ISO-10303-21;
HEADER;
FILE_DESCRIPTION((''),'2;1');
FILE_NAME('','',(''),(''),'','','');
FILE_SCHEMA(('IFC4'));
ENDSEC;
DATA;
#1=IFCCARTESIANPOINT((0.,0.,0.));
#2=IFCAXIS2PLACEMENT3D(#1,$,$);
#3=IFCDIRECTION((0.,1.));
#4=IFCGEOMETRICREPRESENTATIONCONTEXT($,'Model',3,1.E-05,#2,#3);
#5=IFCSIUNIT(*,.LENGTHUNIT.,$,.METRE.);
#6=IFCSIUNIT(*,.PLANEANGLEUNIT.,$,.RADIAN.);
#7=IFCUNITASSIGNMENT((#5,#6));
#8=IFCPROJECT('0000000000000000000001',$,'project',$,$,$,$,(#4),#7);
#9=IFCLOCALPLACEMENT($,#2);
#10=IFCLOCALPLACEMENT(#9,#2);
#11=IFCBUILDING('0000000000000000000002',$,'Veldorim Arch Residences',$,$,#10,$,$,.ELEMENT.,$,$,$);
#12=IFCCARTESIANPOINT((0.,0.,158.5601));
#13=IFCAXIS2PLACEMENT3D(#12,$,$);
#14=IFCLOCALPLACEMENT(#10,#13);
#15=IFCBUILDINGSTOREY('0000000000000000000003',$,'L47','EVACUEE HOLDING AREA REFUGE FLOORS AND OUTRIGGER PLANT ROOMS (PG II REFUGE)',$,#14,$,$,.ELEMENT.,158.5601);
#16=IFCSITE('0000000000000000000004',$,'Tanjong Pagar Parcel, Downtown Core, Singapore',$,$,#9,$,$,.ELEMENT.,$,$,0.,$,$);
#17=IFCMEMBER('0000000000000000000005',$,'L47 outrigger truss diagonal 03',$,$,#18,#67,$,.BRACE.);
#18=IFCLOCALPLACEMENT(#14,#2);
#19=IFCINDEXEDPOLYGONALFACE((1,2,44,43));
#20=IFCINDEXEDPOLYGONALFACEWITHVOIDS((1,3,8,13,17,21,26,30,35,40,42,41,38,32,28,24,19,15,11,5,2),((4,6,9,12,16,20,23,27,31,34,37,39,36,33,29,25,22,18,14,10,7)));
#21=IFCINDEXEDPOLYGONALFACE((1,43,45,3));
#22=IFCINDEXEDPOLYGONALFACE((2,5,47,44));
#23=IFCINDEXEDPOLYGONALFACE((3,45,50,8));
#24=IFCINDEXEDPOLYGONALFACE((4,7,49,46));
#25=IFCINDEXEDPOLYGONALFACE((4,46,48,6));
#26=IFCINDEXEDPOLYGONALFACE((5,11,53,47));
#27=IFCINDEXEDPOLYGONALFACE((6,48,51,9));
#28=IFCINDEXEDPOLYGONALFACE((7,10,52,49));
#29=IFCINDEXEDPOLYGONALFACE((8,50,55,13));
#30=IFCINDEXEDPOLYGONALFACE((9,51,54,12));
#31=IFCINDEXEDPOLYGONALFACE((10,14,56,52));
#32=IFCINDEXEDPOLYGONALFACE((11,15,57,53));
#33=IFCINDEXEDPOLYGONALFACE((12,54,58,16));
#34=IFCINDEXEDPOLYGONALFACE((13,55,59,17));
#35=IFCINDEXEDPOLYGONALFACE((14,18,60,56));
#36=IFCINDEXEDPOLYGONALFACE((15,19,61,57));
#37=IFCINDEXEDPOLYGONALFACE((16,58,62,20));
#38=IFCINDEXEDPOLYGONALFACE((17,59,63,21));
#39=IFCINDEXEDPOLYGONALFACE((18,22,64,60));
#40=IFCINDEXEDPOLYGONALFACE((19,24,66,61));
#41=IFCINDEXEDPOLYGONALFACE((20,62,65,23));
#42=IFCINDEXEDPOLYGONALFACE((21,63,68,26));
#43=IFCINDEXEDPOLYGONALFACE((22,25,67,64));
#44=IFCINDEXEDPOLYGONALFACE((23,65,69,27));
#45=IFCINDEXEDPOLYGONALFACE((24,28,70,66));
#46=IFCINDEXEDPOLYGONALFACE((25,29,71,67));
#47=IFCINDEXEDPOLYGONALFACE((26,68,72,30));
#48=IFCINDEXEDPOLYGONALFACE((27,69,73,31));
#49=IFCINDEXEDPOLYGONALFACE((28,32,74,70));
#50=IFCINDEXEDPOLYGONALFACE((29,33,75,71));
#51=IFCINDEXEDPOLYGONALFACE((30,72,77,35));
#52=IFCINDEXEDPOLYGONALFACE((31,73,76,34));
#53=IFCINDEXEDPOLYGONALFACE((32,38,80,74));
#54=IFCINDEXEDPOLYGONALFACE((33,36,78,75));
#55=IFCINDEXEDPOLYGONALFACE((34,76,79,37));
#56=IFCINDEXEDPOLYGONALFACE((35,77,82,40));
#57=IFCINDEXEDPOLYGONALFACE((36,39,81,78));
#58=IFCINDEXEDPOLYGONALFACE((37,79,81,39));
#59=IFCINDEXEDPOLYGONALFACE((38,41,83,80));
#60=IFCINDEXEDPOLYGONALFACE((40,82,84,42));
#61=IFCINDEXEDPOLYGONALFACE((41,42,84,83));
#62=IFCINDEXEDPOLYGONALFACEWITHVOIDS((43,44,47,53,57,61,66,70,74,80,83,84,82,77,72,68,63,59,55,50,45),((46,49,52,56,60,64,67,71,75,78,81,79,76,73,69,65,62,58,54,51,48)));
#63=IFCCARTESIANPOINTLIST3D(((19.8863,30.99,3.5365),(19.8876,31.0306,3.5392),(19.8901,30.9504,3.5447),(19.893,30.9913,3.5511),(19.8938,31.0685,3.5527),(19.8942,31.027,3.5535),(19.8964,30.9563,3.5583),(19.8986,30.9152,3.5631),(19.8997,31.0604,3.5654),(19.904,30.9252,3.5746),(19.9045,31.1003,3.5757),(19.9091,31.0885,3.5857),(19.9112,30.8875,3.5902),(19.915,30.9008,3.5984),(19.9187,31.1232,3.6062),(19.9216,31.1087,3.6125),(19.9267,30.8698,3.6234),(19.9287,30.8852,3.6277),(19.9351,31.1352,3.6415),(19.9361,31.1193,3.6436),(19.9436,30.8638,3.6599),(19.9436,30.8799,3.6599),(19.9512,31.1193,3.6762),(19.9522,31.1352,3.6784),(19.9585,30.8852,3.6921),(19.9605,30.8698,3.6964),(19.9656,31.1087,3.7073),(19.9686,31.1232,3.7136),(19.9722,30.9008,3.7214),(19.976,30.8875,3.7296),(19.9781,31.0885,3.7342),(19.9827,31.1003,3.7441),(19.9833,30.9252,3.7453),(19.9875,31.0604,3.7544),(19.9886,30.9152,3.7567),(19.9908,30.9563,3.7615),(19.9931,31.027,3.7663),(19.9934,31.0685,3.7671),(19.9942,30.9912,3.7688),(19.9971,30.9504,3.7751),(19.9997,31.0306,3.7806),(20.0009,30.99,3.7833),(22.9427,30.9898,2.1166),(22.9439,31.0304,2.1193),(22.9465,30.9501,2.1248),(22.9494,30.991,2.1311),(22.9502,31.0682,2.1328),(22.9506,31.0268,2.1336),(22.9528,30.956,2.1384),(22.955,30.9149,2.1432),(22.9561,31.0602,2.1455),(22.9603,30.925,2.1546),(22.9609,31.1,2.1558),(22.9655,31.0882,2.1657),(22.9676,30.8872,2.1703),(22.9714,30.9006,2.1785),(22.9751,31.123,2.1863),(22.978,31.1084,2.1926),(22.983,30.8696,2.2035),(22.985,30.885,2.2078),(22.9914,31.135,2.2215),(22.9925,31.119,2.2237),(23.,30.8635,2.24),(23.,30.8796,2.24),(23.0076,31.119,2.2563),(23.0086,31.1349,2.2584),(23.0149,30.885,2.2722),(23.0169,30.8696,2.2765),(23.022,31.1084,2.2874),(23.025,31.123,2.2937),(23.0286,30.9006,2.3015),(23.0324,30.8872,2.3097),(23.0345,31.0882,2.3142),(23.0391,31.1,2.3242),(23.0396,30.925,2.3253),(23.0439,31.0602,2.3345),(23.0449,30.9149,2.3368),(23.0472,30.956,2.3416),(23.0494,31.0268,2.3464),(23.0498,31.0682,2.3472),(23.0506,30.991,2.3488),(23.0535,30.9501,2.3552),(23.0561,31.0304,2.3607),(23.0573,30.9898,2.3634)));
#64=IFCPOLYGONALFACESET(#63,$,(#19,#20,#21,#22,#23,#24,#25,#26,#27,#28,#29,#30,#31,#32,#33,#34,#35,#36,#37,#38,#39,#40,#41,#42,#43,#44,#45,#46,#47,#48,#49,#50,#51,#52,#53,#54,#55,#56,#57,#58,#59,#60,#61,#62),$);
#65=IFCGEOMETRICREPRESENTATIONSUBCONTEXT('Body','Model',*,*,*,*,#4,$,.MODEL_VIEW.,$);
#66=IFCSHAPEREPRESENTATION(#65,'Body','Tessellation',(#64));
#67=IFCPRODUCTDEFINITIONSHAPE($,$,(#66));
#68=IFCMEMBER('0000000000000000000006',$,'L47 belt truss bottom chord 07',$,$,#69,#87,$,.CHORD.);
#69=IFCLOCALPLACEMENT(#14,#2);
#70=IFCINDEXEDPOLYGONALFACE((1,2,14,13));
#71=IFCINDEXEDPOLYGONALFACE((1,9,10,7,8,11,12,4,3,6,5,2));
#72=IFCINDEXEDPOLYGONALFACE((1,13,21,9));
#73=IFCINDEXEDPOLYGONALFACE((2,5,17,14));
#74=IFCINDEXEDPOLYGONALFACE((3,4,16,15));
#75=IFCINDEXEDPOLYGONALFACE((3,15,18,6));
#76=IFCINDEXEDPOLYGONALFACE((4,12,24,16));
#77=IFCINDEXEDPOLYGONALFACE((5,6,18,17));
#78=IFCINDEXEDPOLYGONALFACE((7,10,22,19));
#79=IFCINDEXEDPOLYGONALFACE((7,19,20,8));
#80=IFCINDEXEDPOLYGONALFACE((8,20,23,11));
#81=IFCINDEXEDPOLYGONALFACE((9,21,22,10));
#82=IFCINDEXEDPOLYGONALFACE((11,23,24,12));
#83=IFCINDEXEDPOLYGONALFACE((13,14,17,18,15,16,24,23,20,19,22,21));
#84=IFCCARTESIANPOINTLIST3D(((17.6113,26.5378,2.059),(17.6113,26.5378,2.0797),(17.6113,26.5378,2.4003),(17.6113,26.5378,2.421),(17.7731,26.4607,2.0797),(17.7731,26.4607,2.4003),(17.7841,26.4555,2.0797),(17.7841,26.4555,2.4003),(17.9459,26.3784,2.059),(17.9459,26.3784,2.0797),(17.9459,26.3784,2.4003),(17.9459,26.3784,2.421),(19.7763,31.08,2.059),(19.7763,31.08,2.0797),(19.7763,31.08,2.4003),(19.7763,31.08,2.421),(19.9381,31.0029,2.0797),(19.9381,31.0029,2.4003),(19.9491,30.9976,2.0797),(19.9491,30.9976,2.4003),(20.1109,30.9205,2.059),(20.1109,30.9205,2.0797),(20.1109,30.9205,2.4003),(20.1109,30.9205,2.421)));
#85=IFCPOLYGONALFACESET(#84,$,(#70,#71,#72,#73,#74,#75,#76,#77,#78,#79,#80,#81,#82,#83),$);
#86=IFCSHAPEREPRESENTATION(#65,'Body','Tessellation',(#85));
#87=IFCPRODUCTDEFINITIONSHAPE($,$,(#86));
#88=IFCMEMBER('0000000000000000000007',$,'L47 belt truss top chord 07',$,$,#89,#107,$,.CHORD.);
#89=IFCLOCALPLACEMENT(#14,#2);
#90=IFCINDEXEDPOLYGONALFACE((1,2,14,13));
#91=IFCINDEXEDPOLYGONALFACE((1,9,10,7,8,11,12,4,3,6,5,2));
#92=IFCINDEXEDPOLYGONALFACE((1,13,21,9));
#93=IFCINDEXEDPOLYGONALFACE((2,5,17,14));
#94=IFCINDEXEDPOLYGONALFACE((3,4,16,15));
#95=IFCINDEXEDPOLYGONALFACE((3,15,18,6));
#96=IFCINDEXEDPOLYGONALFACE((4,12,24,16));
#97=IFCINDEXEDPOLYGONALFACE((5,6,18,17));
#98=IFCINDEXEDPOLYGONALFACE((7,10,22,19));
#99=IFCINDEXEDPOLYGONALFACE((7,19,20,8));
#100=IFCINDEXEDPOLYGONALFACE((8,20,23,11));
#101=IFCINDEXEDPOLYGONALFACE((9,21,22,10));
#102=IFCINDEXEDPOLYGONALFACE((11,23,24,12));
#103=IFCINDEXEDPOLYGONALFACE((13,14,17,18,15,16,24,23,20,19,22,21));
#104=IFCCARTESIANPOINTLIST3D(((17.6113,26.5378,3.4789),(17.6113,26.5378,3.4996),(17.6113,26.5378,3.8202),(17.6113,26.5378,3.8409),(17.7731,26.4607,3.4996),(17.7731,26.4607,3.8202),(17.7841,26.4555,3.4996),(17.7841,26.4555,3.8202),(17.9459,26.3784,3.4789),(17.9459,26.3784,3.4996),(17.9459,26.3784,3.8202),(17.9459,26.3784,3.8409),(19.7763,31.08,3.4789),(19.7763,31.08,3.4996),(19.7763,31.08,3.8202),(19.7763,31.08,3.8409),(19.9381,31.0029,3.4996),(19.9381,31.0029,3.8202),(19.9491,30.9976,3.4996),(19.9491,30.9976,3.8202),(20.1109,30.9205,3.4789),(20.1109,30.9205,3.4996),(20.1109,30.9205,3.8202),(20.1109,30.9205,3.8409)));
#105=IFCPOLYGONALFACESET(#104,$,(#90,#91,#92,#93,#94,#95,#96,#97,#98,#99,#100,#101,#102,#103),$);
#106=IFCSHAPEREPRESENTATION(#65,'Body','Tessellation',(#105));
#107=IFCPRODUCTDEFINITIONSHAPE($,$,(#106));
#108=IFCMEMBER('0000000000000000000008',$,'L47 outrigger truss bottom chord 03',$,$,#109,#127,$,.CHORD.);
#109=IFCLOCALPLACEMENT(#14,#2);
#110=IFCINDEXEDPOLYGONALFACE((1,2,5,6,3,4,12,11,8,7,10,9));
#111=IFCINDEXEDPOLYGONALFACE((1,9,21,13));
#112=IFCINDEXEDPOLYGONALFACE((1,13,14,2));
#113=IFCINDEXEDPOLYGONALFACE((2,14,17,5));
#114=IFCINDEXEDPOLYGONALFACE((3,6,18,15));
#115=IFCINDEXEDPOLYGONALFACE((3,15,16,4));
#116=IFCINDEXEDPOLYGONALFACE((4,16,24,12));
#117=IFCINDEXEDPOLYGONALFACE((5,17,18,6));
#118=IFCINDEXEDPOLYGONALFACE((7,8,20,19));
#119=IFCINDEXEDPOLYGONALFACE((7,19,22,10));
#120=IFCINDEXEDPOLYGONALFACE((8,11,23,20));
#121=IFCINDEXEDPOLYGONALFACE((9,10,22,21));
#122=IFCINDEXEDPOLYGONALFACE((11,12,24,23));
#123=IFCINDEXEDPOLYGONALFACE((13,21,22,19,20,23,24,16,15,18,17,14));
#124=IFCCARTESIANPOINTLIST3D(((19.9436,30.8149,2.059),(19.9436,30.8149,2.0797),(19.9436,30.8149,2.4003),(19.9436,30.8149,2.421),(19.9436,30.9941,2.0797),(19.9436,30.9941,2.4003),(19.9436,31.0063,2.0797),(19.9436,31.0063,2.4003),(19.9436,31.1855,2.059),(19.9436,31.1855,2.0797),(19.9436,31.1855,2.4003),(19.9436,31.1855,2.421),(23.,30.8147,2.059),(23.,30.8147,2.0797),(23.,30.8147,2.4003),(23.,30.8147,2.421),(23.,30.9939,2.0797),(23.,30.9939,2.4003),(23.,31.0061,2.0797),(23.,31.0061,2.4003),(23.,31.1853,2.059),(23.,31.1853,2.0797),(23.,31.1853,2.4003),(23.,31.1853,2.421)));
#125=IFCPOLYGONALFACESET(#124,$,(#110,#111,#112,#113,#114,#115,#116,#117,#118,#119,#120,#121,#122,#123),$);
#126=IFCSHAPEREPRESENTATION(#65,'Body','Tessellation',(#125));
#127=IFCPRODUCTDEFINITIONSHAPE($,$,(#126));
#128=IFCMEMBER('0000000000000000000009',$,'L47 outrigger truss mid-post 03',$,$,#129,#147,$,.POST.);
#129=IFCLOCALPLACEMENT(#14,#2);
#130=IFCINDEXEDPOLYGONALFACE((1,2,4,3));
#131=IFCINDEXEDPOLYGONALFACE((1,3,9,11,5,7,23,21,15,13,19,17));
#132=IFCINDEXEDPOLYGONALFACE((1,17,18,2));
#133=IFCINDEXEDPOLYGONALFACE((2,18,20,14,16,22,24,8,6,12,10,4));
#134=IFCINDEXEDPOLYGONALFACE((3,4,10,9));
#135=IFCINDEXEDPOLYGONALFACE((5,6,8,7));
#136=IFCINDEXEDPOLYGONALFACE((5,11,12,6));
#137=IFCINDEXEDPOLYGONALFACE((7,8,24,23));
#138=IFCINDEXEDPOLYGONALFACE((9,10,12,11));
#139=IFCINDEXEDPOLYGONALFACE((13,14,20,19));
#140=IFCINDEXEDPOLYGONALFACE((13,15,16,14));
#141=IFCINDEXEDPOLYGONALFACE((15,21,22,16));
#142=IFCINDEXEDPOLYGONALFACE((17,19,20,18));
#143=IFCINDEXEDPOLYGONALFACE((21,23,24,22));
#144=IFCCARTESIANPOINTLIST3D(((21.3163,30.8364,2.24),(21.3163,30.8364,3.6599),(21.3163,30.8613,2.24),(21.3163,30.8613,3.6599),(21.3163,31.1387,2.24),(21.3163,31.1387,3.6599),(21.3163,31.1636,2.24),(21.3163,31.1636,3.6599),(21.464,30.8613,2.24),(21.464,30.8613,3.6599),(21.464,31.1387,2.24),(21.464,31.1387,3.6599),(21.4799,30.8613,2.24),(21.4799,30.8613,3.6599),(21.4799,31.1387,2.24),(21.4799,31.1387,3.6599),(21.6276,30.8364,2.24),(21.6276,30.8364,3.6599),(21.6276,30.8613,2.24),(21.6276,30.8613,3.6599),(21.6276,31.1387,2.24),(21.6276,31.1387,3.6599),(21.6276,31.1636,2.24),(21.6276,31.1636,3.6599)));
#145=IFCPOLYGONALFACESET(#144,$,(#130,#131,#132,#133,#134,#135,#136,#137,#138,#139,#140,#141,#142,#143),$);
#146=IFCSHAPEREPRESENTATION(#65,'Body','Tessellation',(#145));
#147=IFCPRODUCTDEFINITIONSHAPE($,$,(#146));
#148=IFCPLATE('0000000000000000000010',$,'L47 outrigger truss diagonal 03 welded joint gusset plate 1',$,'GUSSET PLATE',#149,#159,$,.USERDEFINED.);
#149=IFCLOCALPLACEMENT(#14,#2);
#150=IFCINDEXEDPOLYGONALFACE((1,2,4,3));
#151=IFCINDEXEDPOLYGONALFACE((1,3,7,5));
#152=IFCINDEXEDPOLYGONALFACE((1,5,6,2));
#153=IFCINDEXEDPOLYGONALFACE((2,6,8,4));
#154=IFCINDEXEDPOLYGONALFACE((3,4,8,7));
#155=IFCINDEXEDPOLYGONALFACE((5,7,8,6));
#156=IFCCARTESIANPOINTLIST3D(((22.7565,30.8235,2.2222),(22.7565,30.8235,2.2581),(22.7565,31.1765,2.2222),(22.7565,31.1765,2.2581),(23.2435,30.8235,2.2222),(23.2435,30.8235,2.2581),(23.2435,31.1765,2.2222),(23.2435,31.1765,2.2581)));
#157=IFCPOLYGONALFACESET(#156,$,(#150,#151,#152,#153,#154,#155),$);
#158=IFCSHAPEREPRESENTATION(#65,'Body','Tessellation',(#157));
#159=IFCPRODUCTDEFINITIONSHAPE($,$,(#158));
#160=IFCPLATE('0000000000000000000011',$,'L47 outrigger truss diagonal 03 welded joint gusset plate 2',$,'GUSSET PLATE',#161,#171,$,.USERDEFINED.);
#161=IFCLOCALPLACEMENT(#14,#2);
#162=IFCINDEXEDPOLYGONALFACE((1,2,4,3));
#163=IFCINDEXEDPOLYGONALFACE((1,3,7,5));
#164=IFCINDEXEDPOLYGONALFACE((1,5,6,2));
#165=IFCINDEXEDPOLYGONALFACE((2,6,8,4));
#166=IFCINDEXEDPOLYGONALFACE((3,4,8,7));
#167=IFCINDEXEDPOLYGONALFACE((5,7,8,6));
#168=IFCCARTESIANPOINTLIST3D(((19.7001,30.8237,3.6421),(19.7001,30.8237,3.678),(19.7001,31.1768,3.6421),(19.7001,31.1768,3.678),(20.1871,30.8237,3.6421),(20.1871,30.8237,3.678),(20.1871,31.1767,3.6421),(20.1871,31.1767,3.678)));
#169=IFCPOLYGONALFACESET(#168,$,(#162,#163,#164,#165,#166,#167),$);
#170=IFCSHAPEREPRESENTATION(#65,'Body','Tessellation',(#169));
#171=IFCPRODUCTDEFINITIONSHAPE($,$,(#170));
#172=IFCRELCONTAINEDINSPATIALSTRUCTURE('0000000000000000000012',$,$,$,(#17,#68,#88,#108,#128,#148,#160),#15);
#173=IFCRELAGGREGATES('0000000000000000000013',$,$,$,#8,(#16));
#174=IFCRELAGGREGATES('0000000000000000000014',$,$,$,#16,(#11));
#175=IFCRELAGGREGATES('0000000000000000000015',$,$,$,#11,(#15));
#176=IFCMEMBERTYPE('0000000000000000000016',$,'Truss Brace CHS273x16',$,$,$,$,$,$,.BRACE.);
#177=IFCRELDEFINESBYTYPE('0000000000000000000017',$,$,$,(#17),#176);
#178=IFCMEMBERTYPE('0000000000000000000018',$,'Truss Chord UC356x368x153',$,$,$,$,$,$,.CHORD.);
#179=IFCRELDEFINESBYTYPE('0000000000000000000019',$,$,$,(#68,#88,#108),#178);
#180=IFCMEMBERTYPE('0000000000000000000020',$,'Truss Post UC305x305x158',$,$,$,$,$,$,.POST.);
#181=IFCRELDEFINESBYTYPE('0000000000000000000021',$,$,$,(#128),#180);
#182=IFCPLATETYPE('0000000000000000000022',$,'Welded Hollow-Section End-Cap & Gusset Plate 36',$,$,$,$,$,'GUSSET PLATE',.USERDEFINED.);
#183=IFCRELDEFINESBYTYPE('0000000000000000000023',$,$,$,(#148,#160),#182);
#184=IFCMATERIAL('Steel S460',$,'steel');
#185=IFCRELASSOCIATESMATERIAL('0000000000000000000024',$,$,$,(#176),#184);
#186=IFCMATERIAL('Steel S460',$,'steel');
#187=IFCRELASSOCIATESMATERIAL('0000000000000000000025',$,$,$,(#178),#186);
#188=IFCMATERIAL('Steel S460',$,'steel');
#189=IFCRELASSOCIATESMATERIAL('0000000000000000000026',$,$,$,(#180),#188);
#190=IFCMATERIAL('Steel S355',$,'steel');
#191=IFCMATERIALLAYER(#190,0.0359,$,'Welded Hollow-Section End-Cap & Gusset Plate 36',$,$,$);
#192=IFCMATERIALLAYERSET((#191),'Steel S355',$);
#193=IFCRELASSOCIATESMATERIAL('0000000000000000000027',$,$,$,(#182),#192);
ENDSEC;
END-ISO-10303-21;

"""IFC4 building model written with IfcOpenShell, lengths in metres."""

from ifc_helpers import new_model, si_unit, direction, frame, origin, origin_2d, place, context, subcontext, project, spatial, rectangle, hollow_circle, i_section, extrude, material, layer, layer_set, material_profile, profile_set, type_object, element, save


model = new_model("IFC4")

# Units and contexts
model_context = context("Model", 3, precision=1e-05, world=origin(), true_north=direction((0.0, 1.0)))
body_context = subcontext(model_context, "Body", "Model", "MODEL_VIEW")
ifc_project = project(units=[si_unit("LENGTHUNIT", "METRE"), si_unit("PLANEANGLEUNIT", "RADIAN")], contexts=[model_context])

# Site, building, storey
site_placement = place(None, origin())
site = spatial("IfcSite", under=ifc_project, at=site_placement, Name="Tanjong Pagar Parcel, Downtown Core, Singapore", CompositionType="ELEMENT", RefElevation=0.0)
building_placement = place(site_placement, origin())
building = spatial("IfcBuilding", under=site, at=building_placement, Name="Veldorim Arch Residences", CompositionType="ELEMENT")
storey_placement = place(building_placement, frame((0.0, 0.0, 158.5601)))
storey = spatial("IfcBuildingStorey", under=building, at=storey_placement, Name="L47", Description="EVACUEE HOLDING AREA REFUGE FLOORS AND OUTRIGGER PLANT ROOMS (PG II REFUGE)", CompositionType="ELEMENT", Elevation=158.5601)

# Members
ifc_material_1 = material(Name="Steel S460", Category="steel")
ifc_material_profile_1 = material_profile(ifc_material_1, hollow_circle(Radius=0.1365, WallThickness=0.0161, at=origin_2d()), Name="CHS273x16")
ifc_profile_set_1 = profile_set([ifc_material_profile_1], Name="Steel S460")
member_type_1 = type_object("IfcMemberType", Name="Truss Brace CHS273x16", PredefinedType="BRACE", material=ifc_profile_set_1)
member_1_placement = place(storey_placement, frame((23.0, 31.0, 2.24), z_axis=(-0.906909, 0.000072, 0.421326), x_axis=(-0.00008, -1.0, 0.0)))
element("IfcMember", 1, at=member_1_placement, inside=storey, type_object=member_type_1, Name="L47 outrigger truss diagonal 03", PredefinedType="BRACE", context=body_context, shape_type="SweptSolid", body=[
    extrude(hollow_circle(Radius=0.1365, WallThickness=0.0161, at=origin_2d()), origin(), (0.0, 0.0, 1.0), 3.3701),
])
ifc_material_2 = material(Name="Steel S460", Category="steel")
ifc_material_profile_2 = material_profile(ifc_material_2, i_section(OverallWidth=0.3706, OverallDepth=0.3621, WebThickness=0.0122, FlangeThickness=0.0208, at=origin_2d()), Name="UC356x368x153")
ifc_profile_set_2 = profile_set([ifc_material_profile_2], Name="Steel S460")
member_type_2 = type_object("IfcMemberType", Name="Truss Chord UC356x368x153", PredefinedType="CHORD", material=ifc_profile_set_2)
for number, where, z_axis, x_axis, name in (
    (2, (19.9436, 31.0002, 2.24), (-0.430269, -0.902701, 0.0), (0.902701, -0.430269, 0.0), "L47 belt truss bottom chord 07"),
    (3, (19.9436, 31.0002, 3.6599), (-0.430269, -0.902701, 0.0), (0.902701, -0.430269, 0.0), "L47 belt truss top chord 07"),
):
    element("IfcMember", number, at=place(storey_placement, frame(where, z_axis=z_axis, x_axis=x_axis)), inside=storey, type_object=member_type_2, Name=name, PredefinedType="CHORD", context=body_context, shape_type="SweptSolid", body=[
        extrude(i_section(OverallWidth=0.3706, OverallDepth=0.3621, WebThickness=0.0122, FlangeThickness=0.0208, at=origin_2d()), origin(), (0.0, 0.0, 1.0), 5.0317),
    ])
member_2_placement = place(storey_placement, frame((23.0, 31.0, 2.24), z_axis=(-1.0, 0.00008, 0.0), x_axis=(-0.00008, -1.0, 0.0)))
element("IfcMember", 4, at=member_2_placement, inside=storey, type_object=member_type_2, Name="L47 outrigger truss bottom chord 03", PredefinedType="CHORD", context=body_context, shape_type="SweptSolid", body=[
    extrude(i_section(OverallWidth=0.3706, OverallDepth=0.3621, WebThickness=0.0122, FlangeThickness=0.0208, at=origin_2d()), origin(), (0.0, 0.0, 1.0), 3.0564),
])
ifc_material_3 = material(Name="Steel S460", Category="steel")
ifc_material_profile_3 = material_profile(ifc_material_3, i_section(OverallWidth=0.3113, OverallDepth=0.3271, WebThickness=0.0159, FlangeThickness=0.0249, at=origin_2d()), Name="UC305x305x158")
ifc_profile_set_3 = profile_set([ifc_material_profile_3], Name="Steel S460")
member_type_3 = type_object("IfcMemberType", Name="Truss Post UC305x305x158", PredefinedType="POST", material=ifc_profile_set_3)
member_3_placement = place(storey_placement, frame((21.4719, 31.0, 2.24), z_axis=(0.0, 0.0, 1.0), x_axis=(1.0, 0.0, 0.0)))
element("IfcMember", 5, at=member_3_placement, inside=storey, type_object=member_type_3, Name="L47 outrigger truss mid-post 03", PredefinedType="POST", context=body_context, shape_type="SweptSolid", body=[
    extrude(i_section(OverallWidth=0.3113, OverallDepth=0.3271, WebThickness=0.0159, FlangeThickness=0.0249, at=origin_2d()), origin(), (0.0, 0.0, 1.0), 1.4199),
])

# Plates
ifc_material_4 = material(Name="Steel S355", Category="steel")
ifc_layer_1 = layer(ifc_material_4, 0.0359, Name="Welded Hollow-Section End-Cap & Gusset Plate 36")
ifc_layer_set_1 = layer_set([ifc_layer_1], Name="Steel S355")
plate_type = type_object("IfcPlateType", Name="Welded Hollow-Section End-Cap & Gusset Plate 36", ElementType="GUSSET PLATE", PredefinedType="USERDEFINED", material=ifc_layer_set_1)
for number, where, z_axis, x_axis, name in (
    (6, (23.0, 31.0, 2.2222), (0.0, 0.0, 1.0), (-1.0, 0.00007, 0.0), "L47 outrigger truss diagonal 03 welded joint gusset plate 1"),
    (7, (19.9436, 31.0002, 3.6421), (0.0, 0.0, 1.0), (-1.0, 0.00007, 0.0), "L47 outrigger truss diagonal 03 welded joint gusset plate 2"),
):
    element("IfcPlate", number, at=place(storey_placement, frame(where, z_axis=z_axis, x_axis=x_axis)), inside=storey, type_object=plate_type, Name=name, ObjectType="GUSSET PLATE", PredefinedType="USERDEFINED", context=body_context, shape_type="SweptSolid", body=[
        extrude(rectangle(XDim=0.4871, YDim=0.353, at=origin_2d()), origin(), (0.0, 0.0, 1.0), 0.0359),
    ])

save(model, "model.ifc")
